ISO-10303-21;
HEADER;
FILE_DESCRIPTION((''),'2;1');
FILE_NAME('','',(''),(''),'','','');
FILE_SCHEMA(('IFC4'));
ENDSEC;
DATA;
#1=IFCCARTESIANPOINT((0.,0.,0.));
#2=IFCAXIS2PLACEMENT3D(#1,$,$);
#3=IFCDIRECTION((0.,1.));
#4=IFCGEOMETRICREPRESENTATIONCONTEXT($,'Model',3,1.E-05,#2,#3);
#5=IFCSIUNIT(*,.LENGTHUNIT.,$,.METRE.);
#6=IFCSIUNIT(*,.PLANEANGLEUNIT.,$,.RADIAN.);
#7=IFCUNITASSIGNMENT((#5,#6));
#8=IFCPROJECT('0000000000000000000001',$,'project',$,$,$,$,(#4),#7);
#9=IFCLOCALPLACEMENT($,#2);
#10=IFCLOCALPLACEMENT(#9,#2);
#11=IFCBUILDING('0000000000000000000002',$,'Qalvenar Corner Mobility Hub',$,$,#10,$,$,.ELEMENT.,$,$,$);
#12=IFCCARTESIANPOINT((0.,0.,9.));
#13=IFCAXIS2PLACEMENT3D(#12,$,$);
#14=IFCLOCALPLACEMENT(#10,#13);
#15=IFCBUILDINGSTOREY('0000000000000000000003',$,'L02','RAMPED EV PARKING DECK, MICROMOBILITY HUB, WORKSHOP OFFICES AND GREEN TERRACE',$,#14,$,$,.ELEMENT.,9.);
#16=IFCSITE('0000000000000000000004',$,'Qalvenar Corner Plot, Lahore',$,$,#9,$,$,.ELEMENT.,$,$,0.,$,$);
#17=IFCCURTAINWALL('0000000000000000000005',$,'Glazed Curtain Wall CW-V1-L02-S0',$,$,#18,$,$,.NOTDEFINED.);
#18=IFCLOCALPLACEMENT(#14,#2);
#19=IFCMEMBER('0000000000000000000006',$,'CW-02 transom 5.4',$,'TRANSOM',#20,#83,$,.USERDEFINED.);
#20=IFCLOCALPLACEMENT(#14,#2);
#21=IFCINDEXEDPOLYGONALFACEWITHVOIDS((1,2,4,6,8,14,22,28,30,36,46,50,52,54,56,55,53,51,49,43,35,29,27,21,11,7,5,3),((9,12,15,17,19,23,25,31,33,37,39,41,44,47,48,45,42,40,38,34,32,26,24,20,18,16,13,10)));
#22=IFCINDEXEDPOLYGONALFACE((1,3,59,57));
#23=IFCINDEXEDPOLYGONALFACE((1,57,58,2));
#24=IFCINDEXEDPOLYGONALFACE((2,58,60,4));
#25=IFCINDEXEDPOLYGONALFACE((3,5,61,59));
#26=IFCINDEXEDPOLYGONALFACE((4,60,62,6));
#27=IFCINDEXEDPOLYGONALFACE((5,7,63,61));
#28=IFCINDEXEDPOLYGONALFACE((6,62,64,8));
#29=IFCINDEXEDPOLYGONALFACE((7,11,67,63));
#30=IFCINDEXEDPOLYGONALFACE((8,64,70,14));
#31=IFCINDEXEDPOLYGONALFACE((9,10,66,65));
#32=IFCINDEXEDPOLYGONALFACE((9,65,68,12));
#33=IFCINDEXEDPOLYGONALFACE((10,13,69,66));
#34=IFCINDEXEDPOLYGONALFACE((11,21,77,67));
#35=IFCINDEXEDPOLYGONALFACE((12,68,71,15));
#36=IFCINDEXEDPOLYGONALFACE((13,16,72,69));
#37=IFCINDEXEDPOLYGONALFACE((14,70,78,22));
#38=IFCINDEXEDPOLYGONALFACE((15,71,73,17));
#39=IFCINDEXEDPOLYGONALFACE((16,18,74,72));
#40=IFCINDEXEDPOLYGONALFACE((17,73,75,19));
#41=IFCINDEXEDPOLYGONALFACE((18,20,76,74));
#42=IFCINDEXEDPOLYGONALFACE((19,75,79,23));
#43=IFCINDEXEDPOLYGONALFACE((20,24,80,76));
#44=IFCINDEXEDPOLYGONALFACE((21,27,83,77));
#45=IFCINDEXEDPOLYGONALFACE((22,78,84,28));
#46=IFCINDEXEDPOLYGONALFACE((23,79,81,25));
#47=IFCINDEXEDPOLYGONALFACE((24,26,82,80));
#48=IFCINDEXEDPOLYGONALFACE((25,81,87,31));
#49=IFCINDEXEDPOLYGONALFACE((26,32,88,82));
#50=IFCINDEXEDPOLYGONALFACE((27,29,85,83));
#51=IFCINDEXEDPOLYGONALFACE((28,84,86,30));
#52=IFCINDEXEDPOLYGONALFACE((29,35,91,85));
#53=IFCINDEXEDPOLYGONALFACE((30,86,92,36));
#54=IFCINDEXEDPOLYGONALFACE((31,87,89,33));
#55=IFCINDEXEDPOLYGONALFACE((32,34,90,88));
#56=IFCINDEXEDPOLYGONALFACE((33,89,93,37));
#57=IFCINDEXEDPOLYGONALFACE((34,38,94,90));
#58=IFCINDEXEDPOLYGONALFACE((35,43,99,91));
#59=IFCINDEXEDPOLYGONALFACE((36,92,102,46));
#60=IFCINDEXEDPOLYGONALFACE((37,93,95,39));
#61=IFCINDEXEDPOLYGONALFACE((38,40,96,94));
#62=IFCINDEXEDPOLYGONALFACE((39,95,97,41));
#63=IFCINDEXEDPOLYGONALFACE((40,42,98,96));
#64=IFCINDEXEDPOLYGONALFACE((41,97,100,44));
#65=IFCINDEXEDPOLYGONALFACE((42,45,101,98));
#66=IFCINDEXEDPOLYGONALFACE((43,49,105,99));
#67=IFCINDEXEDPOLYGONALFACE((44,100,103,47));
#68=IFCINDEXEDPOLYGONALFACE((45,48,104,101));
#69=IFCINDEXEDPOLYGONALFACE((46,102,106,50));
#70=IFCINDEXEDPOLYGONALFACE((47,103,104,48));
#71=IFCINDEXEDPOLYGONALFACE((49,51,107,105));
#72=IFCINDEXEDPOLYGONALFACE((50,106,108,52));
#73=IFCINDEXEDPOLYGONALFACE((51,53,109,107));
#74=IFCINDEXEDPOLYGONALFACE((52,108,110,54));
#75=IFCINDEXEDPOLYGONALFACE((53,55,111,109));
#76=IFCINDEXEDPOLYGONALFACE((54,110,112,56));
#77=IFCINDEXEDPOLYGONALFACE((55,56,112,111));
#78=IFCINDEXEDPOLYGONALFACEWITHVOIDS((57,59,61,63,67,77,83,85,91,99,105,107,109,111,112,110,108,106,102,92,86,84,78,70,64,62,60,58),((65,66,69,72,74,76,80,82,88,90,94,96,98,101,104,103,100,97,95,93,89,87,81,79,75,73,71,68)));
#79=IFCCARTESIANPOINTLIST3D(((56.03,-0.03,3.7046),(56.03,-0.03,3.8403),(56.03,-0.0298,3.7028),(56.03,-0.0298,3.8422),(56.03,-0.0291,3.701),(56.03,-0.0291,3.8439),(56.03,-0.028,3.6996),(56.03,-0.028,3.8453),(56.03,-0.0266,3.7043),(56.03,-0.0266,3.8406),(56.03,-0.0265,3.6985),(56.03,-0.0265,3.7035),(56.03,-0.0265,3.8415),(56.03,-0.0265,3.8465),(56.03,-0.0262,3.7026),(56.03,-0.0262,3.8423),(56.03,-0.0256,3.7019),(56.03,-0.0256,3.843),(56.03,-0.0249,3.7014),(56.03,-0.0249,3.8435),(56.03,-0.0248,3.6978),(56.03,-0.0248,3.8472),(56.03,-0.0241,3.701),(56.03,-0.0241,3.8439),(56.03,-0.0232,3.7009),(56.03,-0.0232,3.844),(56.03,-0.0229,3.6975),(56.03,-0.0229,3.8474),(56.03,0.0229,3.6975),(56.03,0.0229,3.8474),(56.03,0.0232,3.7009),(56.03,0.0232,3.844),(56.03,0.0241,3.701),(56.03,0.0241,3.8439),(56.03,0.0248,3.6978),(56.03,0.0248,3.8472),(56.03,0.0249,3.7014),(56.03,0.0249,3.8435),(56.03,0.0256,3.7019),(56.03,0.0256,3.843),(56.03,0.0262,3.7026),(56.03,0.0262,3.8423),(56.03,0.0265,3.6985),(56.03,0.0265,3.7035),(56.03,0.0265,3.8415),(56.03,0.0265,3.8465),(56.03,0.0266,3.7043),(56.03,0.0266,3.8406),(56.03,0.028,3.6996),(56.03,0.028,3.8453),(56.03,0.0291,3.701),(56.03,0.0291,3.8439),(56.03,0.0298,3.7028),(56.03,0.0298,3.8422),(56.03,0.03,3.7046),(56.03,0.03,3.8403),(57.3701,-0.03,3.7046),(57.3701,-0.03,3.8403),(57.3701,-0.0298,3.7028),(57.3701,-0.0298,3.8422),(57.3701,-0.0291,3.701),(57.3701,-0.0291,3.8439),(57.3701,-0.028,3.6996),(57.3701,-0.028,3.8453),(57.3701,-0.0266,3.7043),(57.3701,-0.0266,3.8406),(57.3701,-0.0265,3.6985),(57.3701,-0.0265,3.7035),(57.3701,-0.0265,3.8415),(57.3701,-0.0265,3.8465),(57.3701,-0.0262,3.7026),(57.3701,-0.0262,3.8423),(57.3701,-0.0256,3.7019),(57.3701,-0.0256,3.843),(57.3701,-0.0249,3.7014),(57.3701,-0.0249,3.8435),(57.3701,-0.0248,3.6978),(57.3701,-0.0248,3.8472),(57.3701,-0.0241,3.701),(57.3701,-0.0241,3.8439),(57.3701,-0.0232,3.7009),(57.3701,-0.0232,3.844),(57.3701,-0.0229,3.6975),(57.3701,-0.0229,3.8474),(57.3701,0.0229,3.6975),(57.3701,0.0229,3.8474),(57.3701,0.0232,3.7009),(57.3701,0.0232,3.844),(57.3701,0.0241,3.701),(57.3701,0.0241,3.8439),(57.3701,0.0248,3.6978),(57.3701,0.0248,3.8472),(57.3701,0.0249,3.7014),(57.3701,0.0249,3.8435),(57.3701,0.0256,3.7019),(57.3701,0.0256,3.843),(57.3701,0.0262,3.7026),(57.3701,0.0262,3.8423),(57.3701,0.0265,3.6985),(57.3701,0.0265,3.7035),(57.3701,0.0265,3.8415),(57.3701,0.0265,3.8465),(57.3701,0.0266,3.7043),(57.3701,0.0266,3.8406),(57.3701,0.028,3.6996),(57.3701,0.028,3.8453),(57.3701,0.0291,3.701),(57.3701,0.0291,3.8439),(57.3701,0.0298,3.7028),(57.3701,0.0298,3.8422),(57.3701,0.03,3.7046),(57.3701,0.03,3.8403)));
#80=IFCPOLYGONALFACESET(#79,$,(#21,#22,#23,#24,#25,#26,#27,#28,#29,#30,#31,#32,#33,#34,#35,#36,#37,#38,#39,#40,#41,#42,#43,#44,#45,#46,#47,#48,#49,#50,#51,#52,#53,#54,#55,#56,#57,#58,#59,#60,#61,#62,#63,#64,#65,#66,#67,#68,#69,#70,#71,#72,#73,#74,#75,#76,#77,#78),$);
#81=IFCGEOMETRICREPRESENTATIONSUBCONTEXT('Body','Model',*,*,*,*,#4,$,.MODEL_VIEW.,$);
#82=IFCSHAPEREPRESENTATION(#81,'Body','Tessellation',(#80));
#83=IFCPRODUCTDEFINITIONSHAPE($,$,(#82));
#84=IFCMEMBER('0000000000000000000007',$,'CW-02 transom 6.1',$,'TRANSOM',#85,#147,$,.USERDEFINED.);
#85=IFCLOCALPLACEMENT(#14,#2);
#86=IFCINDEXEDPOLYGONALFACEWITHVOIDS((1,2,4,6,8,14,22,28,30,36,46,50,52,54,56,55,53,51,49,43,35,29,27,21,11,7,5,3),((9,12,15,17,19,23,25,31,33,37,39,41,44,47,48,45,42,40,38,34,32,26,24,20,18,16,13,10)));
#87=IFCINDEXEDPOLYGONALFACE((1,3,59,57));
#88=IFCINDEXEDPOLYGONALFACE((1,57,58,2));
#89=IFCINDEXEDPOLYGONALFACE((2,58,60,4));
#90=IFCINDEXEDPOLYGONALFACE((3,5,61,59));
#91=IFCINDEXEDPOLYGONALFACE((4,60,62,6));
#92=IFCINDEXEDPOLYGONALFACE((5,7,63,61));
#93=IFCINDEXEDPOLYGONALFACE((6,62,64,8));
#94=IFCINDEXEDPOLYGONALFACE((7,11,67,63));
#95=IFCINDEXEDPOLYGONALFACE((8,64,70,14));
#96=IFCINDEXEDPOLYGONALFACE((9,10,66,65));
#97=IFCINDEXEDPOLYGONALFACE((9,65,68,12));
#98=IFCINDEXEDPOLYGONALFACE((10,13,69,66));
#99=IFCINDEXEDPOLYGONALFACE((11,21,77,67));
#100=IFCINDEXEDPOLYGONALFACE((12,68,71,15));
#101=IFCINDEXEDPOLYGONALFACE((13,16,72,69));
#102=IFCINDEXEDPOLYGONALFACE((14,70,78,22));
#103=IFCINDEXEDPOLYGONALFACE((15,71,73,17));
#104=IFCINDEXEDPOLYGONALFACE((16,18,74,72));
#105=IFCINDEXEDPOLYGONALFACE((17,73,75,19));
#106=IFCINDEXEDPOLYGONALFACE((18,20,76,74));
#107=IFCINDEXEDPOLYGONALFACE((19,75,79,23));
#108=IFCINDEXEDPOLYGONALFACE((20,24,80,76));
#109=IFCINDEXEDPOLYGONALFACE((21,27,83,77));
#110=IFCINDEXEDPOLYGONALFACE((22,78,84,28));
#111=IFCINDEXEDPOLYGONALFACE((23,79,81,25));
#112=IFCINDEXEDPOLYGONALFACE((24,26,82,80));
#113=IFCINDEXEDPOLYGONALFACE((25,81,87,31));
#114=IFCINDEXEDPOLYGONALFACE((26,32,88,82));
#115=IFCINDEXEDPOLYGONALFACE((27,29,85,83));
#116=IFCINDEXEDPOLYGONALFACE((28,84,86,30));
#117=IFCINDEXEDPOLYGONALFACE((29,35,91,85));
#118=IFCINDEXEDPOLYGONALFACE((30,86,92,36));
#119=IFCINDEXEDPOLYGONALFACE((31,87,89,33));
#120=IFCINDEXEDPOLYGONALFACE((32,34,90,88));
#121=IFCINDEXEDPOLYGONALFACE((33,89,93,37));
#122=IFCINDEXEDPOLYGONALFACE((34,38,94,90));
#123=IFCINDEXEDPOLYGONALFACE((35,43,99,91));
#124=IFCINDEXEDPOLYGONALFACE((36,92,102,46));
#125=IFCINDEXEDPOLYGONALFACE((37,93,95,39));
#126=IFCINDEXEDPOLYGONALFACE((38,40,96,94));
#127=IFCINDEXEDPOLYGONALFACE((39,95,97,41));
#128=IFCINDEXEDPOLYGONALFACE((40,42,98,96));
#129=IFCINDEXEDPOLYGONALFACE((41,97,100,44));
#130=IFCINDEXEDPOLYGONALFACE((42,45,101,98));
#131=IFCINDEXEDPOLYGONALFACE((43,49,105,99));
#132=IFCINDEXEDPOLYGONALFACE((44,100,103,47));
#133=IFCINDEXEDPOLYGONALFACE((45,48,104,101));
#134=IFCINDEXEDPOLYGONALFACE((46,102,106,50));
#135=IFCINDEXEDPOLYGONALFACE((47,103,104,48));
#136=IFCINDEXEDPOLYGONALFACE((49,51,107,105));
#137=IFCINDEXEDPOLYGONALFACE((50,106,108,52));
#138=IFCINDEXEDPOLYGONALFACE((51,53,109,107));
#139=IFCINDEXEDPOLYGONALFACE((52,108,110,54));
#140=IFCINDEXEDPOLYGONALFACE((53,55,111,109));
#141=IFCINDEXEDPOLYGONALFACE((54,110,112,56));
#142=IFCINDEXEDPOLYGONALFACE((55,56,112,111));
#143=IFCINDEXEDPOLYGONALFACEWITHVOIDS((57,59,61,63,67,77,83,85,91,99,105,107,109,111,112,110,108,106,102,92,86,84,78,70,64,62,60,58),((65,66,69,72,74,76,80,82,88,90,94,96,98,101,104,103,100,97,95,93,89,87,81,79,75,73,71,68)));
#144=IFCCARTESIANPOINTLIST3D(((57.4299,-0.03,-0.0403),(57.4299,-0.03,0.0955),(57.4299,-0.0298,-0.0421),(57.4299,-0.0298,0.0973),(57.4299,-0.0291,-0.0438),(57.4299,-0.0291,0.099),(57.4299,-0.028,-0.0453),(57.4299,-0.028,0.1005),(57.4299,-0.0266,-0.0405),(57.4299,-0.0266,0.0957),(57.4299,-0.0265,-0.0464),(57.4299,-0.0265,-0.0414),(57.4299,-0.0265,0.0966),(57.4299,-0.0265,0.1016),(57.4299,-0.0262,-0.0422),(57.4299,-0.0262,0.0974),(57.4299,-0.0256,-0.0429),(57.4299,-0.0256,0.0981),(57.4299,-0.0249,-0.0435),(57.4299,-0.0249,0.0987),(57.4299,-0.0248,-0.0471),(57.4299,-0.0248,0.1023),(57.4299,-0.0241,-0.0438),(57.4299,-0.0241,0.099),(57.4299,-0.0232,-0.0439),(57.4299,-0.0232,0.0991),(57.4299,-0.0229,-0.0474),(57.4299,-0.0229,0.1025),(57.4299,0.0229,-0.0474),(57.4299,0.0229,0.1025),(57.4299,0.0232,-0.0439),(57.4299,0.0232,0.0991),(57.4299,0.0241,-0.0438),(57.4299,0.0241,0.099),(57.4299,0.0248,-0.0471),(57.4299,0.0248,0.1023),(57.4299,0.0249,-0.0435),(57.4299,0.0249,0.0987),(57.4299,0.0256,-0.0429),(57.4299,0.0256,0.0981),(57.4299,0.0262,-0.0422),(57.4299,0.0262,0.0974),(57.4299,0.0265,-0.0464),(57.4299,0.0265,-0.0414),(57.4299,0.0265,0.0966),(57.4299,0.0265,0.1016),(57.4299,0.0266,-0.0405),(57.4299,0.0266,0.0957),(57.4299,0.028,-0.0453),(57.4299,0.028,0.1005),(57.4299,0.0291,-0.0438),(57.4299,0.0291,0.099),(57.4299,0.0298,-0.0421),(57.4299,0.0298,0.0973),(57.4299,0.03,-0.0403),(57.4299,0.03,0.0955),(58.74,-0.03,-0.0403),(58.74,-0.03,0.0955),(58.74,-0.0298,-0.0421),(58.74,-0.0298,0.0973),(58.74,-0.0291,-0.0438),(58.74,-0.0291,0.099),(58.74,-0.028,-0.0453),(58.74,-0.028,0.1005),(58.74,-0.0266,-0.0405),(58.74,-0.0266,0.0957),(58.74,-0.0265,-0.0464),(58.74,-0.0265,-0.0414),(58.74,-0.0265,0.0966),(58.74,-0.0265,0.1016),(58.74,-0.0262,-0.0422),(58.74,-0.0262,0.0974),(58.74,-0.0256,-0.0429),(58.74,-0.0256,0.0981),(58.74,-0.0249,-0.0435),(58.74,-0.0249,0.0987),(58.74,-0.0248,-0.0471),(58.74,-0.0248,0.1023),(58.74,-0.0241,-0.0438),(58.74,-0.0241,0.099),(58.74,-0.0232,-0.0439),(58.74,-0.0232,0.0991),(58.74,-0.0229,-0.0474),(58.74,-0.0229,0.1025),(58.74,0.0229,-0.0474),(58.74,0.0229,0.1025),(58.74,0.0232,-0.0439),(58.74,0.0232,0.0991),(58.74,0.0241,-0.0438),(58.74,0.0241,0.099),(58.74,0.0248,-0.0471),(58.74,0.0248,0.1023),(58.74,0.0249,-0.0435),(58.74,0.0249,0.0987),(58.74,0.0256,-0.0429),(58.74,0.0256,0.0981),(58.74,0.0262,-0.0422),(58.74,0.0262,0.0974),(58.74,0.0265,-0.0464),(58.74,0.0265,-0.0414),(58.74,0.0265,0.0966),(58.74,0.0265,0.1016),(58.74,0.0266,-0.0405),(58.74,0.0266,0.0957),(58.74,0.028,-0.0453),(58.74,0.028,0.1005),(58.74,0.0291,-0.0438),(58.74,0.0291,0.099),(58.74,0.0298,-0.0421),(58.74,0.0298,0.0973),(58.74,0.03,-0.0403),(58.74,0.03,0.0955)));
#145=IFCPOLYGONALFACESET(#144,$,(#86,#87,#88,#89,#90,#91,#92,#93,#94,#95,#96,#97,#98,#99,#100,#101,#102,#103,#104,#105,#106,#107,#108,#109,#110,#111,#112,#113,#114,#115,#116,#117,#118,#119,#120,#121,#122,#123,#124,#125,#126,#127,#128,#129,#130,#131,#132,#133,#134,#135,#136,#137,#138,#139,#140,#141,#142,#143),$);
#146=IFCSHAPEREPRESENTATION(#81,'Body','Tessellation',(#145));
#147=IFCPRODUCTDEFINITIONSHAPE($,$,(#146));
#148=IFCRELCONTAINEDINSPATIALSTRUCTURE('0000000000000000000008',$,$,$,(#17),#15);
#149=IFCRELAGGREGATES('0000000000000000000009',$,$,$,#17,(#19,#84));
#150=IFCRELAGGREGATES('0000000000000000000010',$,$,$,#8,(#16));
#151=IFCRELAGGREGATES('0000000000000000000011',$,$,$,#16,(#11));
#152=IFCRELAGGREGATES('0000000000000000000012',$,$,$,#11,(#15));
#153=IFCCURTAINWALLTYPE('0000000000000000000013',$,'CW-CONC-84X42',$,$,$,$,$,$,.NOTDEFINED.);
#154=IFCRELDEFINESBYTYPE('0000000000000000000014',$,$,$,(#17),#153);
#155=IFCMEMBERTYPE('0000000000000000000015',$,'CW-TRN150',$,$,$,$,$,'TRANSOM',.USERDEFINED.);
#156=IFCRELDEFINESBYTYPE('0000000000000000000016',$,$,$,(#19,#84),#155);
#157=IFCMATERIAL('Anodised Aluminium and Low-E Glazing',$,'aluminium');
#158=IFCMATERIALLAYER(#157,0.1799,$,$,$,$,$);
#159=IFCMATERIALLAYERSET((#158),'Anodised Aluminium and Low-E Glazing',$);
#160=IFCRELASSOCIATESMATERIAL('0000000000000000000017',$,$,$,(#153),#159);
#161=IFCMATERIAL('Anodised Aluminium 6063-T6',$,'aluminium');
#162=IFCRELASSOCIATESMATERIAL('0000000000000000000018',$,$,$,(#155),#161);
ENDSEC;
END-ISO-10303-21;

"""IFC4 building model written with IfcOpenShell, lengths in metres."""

from ifc_helpers import new_model, si_unit, direction, frame, origin, origin_2d, place, context, subcontext, project, spatial, hollow_rectangle, extrude, material, layer, layer_set, material_profile, profile_set, type_object, element, aggregate, save


model = new_model("IFC4")

# Units and contexts
model_context = context("Model", 3, precision=1e-05, world=origin(), true_north=direction((0.0, 1.0)))
body_context = subcontext(model_context, "Body", "Model", "MODEL_VIEW")
ifc_project = project(units=[si_unit("LENGTHUNIT", "METRE"), si_unit("PLANEANGLEUNIT", "RADIAN")], contexts=[model_context])

# Site, building, storey
site_placement = place(None, origin())
site = spatial("IfcSite", under=ifc_project, at=site_placement, Name="Qalvenar Corner Plot, Lahore", CompositionType="ELEMENT", RefElevation=0.0)
building_placement = place(site_placement, origin())
building = spatial("IfcBuilding", under=site, at=building_placement, Name="Qalvenar Corner Mobility Hub", CompositionType="ELEMENT")
storey_placement = place(building_placement, frame((0.0, 0.0, 9.0)))
storey = spatial("IfcBuildingStorey", under=building, at=storey_placement, Name="L02", Description="RAMPED EV PARKING DECK, MICROMOBILITY HUB, WORKSHOP OFFICES AND GREEN TERRACE", CompositionType="ELEMENT", Elevation=9.0)

# Curtain wall
ifc_material_1 = material(Name="Anodised Aluminium and Low-E Glazing", Category="aluminium")
ifc_layer_1 = layer(ifc_material_1, 0.1799)
ifc_layer_set_1 = layer_set([ifc_layer_1], Name="Anodised Aluminium and Low-E Glazing")
curtain_wall_type = type_object("IfcCurtainWallType", Name="CW-CONC-84X42", PredefinedType="NOTDEFINED", material=ifc_layer_set_1)
curtain_wall_1_placement = place(storey_placement, origin())
curtain_wall_1 = element("IfcCurtainWall", 1, at=curtain_wall_1_placement, inside=storey, type_object=curtain_wall_type, Name="Glazed Curtain Wall CW-V1-L02-S0", PredefinedType="NOTDEFINED")
ifc_material_2 = material(Name="Anodised Aluminium 6063-T6", Category="aluminium")

# Members
ifc_material_profile_1 = material_profile(ifc_material_2, hollow_rectangle(XDim=0.0601, YDim=0.1499, WallThickness=0.0034, InnerFilletRadius=0.0034, OuterFilletRadius=0.0071, at=origin_2d()), Name="RHS150x60x3.5")
ifc_profile_set_1 = profile_set([ifc_material_profile_1], Name="Anodised Aluminium 6063-T6")
member_type_1 = type_object("IfcMemberType", Name="CW-TRN150", ElementType="TRANSOM", PredefinedType="USERDEFINED", material=ifc_profile_set_1)
member_1_placement = place(storey_placement, frame((56.03, 0.0, 3.7725), z_axis=(1.0, 0.0, 0.0), x_axis=(0.0, 1.0, 0.0)))
member_1 = element("IfcMember", 2, at=member_1_placement, type_object=member_type_1, Name="CW-02 transom 5.4", ObjectType="TRANSOM", PredefinedType="USERDEFINED", context=body_context, shape_type="SweptSolid", body=[
    extrude(hollow_rectangle(XDim=0.0601, YDim=0.1499, WallThickness=0.0034, InnerFilletRadius=0.0034, OuterFilletRadius=0.0071, at=origin_2d()), origin(), (0.0, 0.0, 1.0), 1.3401),
])
member_2_placement = place(storey_placement, frame((57.4299, 0.0, 0.0276), z_axis=(1.0, 0.0, 0.0), x_axis=(0.0, 1.0, 0.0)))
member_2 = element("IfcMember", 3, at=member_2_placement, type_object=member_type_1, Name="CW-02 transom 6.1", ObjectType="TRANSOM", PredefinedType="USERDEFINED", context=body_context, shape_type="SweptSolid", body=[
    extrude(hollow_rectangle(XDim=0.0601, YDim=0.1499, WallThickness=0.0034, InnerFilletRadius=0.0034, OuterFilletRadius=0.0071, at=origin_2d()), origin(), (0.0, 0.0, 1.0), 1.3101),
])

aggregate(curtain_wall_1, [member_1, member_2])

save(model, "model.ifc")
